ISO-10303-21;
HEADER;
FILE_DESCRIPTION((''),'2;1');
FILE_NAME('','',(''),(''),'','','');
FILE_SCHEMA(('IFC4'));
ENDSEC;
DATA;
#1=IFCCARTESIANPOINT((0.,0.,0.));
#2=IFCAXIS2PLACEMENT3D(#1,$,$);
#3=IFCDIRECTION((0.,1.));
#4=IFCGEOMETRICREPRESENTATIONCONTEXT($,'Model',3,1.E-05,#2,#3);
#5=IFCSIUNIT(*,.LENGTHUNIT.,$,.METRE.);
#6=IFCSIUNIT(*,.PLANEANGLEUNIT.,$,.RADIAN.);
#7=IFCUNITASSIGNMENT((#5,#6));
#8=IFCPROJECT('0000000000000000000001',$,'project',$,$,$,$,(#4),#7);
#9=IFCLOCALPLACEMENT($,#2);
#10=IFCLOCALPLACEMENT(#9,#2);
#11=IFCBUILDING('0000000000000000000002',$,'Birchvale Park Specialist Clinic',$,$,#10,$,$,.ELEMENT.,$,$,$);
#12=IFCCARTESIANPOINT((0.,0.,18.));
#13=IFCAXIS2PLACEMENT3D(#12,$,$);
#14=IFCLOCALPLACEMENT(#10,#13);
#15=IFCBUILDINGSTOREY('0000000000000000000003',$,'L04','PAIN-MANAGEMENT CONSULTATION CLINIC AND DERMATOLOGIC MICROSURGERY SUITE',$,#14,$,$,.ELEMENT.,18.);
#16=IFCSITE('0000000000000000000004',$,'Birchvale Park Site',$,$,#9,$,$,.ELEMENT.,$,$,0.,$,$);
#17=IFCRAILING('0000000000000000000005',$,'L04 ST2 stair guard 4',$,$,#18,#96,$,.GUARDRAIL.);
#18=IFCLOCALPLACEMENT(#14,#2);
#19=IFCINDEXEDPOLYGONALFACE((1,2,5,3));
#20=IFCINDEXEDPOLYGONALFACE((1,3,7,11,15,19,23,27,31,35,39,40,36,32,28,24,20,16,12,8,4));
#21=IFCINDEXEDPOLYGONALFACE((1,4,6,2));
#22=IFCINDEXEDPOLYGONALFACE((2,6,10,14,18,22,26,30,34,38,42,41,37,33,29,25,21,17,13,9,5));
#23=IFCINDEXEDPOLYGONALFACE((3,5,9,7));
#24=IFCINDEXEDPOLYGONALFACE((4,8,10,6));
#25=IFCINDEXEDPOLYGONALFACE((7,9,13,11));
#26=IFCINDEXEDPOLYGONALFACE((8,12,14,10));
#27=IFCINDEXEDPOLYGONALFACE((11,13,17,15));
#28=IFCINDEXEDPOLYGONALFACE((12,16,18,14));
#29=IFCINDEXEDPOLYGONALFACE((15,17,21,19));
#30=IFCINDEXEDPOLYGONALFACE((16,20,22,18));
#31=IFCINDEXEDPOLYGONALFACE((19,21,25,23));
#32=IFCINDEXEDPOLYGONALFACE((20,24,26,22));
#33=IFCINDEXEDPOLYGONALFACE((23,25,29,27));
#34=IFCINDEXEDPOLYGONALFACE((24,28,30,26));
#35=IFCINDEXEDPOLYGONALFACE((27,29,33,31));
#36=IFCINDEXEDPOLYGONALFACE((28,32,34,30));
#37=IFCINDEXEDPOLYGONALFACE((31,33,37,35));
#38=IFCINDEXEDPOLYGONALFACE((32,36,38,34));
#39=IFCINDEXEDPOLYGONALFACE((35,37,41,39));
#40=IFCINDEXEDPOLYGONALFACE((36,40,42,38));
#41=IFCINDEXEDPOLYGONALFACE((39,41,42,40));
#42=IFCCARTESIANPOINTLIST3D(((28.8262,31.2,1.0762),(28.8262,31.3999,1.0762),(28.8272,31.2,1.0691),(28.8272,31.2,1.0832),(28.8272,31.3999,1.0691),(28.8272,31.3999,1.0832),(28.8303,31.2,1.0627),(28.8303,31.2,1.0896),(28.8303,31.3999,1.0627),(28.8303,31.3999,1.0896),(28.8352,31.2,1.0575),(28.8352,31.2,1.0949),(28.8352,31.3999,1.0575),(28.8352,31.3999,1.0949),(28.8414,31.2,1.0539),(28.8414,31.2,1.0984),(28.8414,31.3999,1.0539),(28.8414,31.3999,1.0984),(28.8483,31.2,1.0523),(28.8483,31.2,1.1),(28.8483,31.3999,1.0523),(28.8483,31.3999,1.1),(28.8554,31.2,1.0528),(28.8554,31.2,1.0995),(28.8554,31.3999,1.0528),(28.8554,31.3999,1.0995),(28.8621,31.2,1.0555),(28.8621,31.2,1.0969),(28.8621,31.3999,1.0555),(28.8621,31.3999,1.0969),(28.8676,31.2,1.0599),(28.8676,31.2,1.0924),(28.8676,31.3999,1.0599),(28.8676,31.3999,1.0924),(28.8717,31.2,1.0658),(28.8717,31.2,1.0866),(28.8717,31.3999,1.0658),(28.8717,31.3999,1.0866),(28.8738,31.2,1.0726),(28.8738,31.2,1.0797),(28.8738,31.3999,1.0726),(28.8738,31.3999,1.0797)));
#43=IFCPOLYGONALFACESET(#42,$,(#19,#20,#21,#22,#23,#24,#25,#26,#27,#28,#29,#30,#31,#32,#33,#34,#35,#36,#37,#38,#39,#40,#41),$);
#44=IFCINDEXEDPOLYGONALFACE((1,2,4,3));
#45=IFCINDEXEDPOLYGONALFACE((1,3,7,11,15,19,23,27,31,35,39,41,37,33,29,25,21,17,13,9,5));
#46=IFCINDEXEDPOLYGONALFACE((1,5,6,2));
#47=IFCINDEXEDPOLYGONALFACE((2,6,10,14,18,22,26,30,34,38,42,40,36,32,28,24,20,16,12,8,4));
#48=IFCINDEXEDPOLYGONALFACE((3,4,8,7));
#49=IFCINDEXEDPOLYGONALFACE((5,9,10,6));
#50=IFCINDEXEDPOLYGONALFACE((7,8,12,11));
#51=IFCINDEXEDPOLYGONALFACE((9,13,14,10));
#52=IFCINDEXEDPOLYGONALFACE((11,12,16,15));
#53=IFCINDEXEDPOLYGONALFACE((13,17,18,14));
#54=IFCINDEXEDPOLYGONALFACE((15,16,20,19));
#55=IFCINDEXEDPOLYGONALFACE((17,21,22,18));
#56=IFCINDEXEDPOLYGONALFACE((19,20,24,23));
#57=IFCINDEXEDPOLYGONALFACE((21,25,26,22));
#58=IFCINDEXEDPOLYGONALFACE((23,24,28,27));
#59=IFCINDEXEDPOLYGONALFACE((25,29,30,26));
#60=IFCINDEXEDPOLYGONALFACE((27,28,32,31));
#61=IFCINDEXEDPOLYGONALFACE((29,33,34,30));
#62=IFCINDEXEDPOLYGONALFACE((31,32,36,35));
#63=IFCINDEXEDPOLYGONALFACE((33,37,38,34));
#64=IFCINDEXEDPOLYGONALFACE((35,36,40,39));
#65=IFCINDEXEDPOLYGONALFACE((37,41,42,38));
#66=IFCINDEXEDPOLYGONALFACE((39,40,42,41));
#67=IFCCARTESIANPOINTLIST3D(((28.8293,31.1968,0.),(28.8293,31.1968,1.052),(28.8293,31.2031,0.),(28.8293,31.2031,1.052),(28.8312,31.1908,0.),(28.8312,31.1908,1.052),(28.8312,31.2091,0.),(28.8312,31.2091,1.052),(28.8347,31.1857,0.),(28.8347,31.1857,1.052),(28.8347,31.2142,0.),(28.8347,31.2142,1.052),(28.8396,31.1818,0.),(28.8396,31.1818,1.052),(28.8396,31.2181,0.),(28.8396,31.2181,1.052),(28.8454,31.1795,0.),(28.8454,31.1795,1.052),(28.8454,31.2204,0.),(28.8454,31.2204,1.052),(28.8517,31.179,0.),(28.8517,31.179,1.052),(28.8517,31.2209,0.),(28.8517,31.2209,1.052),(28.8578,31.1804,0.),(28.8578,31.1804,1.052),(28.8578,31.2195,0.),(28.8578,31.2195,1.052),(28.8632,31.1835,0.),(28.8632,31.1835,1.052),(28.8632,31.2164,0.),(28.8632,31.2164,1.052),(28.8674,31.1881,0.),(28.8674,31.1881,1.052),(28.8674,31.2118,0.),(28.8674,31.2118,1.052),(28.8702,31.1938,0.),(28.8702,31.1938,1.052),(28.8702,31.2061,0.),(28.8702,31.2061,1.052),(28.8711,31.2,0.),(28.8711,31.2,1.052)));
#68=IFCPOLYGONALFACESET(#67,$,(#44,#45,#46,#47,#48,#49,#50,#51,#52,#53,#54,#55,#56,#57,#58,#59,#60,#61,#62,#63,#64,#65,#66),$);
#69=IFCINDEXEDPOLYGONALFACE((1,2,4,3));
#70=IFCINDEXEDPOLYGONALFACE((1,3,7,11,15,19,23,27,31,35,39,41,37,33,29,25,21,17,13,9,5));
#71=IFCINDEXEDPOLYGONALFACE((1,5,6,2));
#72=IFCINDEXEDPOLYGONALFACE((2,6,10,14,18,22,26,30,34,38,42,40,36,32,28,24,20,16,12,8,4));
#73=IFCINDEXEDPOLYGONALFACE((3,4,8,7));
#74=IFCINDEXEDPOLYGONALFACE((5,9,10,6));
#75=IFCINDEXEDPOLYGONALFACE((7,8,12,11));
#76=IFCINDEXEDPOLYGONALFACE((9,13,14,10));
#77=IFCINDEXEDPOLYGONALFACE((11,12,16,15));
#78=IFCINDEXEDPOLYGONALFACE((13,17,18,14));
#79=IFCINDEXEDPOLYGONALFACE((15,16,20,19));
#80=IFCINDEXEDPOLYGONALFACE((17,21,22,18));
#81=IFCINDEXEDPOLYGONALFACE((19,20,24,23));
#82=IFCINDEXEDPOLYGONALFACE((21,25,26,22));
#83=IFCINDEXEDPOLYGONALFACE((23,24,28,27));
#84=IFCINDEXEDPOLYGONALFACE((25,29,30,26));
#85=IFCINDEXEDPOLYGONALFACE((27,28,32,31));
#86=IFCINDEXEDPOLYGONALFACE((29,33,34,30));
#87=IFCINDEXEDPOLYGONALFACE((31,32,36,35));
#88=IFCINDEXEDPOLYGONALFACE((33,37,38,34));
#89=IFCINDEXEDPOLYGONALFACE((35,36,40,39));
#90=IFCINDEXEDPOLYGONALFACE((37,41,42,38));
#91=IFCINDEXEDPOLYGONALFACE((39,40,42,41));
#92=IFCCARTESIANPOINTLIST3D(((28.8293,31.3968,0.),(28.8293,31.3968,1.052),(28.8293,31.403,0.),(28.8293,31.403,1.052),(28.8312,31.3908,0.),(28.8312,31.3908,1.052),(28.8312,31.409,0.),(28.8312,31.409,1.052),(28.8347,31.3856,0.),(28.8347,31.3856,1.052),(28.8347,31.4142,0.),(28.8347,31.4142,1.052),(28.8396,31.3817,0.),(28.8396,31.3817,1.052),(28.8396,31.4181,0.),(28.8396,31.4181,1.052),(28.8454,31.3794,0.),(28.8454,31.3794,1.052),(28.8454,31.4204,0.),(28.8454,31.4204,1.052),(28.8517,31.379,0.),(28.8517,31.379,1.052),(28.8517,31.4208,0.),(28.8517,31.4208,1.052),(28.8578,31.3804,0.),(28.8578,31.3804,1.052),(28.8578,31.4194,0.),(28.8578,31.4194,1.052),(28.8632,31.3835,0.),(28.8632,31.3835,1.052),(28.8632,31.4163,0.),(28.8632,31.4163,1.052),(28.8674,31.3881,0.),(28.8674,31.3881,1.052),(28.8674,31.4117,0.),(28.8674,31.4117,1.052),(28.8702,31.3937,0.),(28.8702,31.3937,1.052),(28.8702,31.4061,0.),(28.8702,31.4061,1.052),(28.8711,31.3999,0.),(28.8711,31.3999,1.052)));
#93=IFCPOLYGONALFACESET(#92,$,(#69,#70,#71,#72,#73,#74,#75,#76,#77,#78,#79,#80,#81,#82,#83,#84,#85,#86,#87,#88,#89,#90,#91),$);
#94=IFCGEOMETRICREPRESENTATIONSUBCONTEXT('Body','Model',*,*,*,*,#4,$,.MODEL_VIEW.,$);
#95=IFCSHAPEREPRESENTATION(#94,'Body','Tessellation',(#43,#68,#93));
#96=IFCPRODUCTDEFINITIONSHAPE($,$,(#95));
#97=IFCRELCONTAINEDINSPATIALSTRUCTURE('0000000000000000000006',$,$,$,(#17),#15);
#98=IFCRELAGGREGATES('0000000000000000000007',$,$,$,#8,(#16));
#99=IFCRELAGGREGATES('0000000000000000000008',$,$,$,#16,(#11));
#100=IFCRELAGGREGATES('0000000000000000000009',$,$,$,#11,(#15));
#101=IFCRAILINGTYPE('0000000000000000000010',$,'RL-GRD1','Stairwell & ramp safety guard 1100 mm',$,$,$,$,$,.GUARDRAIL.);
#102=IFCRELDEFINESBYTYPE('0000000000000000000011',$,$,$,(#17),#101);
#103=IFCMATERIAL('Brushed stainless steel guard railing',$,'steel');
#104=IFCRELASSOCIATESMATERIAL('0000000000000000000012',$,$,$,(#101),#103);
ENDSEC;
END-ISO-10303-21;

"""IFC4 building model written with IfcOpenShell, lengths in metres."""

from ifc_helpers import new_model, si_unit, direction, frame, origin, origin_2d, place, context, subcontext, project, spatial, circle, extrude, material, type_object, element, save


model = new_model("IFC4")

# Units and contexts
model_context = context("Model", 3, precision=1e-05, world=origin(), true_north=direction((0.0, 1.0)))
body_context = subcontext(model_context, "Body", "Model", "MODEL_VIEW")
ifc_project = project(units=[si_unit("LENGTHUNIT", "METRE"), si_unit("PLANEANGLEUNIT", "RADIAN")], contexts=[model_context])

# Site, building, storey
site_placement = place(None, origin())
site = spatial("IfcSite", under=ifc_project, at=site_placement, Name="Birchvale Park Site", CompositionType="ELEMENT", RefElevation=0.0)
building_placement = place(site_placement, origin())
building = spatial("IfcBuilding", under=site, at=building_placement, Name="Birchvale Park Specialist Clinic", CompositionType="ELEMENT")
storey_placement = place(building_placement, frame((0.0, 0.0, 18.0)))
storey = spatial("IfcBuildingStorey", under=building, at=storey_placement, Name="L04", Description="PAIN-MANAGEMENT CONSULTATION CLINIC AND DERMATOLOGIC MICROSURGERY SUITE", CompositionType="ELEMENT", Elevation=18.0)

# Railing
ifc_material_1 = material(Name="Brushed stainless steel guard railing", Category="steel")
railing_type_1 = type_object("IfcRailingType", Name="RL-GRD1", Description="Stairwell & ramp safety guard 1100 mm", PredefinedType="GUARDRAIL", material=ifc_material_1)
railing_1_placement = place(storey_placement, frame((28.8501, 31.2, 0.0)))
element("IfcRailing", 1, at=railing_1_placement, inside=storey, type_object=railing_type_1, Name="L04 ST2 stair guard 4", PredefinedType="GUARDRAIL", context=body_context, shape_type="SweptSolid", body=[
    extrude(circle(Radius=0.0239, at=origin_2d()), frame((0.0, 0.0, 1.0762), z_axis=(0.0, 1.0, 0.0), x_axis=(-1.0, 0.0, 0.0)), (0.0, 0.0, 1.0), 0.2),
    extrude(circle(Radius=0.021, at=origin_2d()), origin(), (0.0, 0.0, 1.0), 1.052),
    extrude(circle(Radius=0.021, at=origin_2d()), frame((0.0, 0.2, 0.0)), (0.0, 0.0, 1.0), 1.052),
])

save(model, "model.ifc")
